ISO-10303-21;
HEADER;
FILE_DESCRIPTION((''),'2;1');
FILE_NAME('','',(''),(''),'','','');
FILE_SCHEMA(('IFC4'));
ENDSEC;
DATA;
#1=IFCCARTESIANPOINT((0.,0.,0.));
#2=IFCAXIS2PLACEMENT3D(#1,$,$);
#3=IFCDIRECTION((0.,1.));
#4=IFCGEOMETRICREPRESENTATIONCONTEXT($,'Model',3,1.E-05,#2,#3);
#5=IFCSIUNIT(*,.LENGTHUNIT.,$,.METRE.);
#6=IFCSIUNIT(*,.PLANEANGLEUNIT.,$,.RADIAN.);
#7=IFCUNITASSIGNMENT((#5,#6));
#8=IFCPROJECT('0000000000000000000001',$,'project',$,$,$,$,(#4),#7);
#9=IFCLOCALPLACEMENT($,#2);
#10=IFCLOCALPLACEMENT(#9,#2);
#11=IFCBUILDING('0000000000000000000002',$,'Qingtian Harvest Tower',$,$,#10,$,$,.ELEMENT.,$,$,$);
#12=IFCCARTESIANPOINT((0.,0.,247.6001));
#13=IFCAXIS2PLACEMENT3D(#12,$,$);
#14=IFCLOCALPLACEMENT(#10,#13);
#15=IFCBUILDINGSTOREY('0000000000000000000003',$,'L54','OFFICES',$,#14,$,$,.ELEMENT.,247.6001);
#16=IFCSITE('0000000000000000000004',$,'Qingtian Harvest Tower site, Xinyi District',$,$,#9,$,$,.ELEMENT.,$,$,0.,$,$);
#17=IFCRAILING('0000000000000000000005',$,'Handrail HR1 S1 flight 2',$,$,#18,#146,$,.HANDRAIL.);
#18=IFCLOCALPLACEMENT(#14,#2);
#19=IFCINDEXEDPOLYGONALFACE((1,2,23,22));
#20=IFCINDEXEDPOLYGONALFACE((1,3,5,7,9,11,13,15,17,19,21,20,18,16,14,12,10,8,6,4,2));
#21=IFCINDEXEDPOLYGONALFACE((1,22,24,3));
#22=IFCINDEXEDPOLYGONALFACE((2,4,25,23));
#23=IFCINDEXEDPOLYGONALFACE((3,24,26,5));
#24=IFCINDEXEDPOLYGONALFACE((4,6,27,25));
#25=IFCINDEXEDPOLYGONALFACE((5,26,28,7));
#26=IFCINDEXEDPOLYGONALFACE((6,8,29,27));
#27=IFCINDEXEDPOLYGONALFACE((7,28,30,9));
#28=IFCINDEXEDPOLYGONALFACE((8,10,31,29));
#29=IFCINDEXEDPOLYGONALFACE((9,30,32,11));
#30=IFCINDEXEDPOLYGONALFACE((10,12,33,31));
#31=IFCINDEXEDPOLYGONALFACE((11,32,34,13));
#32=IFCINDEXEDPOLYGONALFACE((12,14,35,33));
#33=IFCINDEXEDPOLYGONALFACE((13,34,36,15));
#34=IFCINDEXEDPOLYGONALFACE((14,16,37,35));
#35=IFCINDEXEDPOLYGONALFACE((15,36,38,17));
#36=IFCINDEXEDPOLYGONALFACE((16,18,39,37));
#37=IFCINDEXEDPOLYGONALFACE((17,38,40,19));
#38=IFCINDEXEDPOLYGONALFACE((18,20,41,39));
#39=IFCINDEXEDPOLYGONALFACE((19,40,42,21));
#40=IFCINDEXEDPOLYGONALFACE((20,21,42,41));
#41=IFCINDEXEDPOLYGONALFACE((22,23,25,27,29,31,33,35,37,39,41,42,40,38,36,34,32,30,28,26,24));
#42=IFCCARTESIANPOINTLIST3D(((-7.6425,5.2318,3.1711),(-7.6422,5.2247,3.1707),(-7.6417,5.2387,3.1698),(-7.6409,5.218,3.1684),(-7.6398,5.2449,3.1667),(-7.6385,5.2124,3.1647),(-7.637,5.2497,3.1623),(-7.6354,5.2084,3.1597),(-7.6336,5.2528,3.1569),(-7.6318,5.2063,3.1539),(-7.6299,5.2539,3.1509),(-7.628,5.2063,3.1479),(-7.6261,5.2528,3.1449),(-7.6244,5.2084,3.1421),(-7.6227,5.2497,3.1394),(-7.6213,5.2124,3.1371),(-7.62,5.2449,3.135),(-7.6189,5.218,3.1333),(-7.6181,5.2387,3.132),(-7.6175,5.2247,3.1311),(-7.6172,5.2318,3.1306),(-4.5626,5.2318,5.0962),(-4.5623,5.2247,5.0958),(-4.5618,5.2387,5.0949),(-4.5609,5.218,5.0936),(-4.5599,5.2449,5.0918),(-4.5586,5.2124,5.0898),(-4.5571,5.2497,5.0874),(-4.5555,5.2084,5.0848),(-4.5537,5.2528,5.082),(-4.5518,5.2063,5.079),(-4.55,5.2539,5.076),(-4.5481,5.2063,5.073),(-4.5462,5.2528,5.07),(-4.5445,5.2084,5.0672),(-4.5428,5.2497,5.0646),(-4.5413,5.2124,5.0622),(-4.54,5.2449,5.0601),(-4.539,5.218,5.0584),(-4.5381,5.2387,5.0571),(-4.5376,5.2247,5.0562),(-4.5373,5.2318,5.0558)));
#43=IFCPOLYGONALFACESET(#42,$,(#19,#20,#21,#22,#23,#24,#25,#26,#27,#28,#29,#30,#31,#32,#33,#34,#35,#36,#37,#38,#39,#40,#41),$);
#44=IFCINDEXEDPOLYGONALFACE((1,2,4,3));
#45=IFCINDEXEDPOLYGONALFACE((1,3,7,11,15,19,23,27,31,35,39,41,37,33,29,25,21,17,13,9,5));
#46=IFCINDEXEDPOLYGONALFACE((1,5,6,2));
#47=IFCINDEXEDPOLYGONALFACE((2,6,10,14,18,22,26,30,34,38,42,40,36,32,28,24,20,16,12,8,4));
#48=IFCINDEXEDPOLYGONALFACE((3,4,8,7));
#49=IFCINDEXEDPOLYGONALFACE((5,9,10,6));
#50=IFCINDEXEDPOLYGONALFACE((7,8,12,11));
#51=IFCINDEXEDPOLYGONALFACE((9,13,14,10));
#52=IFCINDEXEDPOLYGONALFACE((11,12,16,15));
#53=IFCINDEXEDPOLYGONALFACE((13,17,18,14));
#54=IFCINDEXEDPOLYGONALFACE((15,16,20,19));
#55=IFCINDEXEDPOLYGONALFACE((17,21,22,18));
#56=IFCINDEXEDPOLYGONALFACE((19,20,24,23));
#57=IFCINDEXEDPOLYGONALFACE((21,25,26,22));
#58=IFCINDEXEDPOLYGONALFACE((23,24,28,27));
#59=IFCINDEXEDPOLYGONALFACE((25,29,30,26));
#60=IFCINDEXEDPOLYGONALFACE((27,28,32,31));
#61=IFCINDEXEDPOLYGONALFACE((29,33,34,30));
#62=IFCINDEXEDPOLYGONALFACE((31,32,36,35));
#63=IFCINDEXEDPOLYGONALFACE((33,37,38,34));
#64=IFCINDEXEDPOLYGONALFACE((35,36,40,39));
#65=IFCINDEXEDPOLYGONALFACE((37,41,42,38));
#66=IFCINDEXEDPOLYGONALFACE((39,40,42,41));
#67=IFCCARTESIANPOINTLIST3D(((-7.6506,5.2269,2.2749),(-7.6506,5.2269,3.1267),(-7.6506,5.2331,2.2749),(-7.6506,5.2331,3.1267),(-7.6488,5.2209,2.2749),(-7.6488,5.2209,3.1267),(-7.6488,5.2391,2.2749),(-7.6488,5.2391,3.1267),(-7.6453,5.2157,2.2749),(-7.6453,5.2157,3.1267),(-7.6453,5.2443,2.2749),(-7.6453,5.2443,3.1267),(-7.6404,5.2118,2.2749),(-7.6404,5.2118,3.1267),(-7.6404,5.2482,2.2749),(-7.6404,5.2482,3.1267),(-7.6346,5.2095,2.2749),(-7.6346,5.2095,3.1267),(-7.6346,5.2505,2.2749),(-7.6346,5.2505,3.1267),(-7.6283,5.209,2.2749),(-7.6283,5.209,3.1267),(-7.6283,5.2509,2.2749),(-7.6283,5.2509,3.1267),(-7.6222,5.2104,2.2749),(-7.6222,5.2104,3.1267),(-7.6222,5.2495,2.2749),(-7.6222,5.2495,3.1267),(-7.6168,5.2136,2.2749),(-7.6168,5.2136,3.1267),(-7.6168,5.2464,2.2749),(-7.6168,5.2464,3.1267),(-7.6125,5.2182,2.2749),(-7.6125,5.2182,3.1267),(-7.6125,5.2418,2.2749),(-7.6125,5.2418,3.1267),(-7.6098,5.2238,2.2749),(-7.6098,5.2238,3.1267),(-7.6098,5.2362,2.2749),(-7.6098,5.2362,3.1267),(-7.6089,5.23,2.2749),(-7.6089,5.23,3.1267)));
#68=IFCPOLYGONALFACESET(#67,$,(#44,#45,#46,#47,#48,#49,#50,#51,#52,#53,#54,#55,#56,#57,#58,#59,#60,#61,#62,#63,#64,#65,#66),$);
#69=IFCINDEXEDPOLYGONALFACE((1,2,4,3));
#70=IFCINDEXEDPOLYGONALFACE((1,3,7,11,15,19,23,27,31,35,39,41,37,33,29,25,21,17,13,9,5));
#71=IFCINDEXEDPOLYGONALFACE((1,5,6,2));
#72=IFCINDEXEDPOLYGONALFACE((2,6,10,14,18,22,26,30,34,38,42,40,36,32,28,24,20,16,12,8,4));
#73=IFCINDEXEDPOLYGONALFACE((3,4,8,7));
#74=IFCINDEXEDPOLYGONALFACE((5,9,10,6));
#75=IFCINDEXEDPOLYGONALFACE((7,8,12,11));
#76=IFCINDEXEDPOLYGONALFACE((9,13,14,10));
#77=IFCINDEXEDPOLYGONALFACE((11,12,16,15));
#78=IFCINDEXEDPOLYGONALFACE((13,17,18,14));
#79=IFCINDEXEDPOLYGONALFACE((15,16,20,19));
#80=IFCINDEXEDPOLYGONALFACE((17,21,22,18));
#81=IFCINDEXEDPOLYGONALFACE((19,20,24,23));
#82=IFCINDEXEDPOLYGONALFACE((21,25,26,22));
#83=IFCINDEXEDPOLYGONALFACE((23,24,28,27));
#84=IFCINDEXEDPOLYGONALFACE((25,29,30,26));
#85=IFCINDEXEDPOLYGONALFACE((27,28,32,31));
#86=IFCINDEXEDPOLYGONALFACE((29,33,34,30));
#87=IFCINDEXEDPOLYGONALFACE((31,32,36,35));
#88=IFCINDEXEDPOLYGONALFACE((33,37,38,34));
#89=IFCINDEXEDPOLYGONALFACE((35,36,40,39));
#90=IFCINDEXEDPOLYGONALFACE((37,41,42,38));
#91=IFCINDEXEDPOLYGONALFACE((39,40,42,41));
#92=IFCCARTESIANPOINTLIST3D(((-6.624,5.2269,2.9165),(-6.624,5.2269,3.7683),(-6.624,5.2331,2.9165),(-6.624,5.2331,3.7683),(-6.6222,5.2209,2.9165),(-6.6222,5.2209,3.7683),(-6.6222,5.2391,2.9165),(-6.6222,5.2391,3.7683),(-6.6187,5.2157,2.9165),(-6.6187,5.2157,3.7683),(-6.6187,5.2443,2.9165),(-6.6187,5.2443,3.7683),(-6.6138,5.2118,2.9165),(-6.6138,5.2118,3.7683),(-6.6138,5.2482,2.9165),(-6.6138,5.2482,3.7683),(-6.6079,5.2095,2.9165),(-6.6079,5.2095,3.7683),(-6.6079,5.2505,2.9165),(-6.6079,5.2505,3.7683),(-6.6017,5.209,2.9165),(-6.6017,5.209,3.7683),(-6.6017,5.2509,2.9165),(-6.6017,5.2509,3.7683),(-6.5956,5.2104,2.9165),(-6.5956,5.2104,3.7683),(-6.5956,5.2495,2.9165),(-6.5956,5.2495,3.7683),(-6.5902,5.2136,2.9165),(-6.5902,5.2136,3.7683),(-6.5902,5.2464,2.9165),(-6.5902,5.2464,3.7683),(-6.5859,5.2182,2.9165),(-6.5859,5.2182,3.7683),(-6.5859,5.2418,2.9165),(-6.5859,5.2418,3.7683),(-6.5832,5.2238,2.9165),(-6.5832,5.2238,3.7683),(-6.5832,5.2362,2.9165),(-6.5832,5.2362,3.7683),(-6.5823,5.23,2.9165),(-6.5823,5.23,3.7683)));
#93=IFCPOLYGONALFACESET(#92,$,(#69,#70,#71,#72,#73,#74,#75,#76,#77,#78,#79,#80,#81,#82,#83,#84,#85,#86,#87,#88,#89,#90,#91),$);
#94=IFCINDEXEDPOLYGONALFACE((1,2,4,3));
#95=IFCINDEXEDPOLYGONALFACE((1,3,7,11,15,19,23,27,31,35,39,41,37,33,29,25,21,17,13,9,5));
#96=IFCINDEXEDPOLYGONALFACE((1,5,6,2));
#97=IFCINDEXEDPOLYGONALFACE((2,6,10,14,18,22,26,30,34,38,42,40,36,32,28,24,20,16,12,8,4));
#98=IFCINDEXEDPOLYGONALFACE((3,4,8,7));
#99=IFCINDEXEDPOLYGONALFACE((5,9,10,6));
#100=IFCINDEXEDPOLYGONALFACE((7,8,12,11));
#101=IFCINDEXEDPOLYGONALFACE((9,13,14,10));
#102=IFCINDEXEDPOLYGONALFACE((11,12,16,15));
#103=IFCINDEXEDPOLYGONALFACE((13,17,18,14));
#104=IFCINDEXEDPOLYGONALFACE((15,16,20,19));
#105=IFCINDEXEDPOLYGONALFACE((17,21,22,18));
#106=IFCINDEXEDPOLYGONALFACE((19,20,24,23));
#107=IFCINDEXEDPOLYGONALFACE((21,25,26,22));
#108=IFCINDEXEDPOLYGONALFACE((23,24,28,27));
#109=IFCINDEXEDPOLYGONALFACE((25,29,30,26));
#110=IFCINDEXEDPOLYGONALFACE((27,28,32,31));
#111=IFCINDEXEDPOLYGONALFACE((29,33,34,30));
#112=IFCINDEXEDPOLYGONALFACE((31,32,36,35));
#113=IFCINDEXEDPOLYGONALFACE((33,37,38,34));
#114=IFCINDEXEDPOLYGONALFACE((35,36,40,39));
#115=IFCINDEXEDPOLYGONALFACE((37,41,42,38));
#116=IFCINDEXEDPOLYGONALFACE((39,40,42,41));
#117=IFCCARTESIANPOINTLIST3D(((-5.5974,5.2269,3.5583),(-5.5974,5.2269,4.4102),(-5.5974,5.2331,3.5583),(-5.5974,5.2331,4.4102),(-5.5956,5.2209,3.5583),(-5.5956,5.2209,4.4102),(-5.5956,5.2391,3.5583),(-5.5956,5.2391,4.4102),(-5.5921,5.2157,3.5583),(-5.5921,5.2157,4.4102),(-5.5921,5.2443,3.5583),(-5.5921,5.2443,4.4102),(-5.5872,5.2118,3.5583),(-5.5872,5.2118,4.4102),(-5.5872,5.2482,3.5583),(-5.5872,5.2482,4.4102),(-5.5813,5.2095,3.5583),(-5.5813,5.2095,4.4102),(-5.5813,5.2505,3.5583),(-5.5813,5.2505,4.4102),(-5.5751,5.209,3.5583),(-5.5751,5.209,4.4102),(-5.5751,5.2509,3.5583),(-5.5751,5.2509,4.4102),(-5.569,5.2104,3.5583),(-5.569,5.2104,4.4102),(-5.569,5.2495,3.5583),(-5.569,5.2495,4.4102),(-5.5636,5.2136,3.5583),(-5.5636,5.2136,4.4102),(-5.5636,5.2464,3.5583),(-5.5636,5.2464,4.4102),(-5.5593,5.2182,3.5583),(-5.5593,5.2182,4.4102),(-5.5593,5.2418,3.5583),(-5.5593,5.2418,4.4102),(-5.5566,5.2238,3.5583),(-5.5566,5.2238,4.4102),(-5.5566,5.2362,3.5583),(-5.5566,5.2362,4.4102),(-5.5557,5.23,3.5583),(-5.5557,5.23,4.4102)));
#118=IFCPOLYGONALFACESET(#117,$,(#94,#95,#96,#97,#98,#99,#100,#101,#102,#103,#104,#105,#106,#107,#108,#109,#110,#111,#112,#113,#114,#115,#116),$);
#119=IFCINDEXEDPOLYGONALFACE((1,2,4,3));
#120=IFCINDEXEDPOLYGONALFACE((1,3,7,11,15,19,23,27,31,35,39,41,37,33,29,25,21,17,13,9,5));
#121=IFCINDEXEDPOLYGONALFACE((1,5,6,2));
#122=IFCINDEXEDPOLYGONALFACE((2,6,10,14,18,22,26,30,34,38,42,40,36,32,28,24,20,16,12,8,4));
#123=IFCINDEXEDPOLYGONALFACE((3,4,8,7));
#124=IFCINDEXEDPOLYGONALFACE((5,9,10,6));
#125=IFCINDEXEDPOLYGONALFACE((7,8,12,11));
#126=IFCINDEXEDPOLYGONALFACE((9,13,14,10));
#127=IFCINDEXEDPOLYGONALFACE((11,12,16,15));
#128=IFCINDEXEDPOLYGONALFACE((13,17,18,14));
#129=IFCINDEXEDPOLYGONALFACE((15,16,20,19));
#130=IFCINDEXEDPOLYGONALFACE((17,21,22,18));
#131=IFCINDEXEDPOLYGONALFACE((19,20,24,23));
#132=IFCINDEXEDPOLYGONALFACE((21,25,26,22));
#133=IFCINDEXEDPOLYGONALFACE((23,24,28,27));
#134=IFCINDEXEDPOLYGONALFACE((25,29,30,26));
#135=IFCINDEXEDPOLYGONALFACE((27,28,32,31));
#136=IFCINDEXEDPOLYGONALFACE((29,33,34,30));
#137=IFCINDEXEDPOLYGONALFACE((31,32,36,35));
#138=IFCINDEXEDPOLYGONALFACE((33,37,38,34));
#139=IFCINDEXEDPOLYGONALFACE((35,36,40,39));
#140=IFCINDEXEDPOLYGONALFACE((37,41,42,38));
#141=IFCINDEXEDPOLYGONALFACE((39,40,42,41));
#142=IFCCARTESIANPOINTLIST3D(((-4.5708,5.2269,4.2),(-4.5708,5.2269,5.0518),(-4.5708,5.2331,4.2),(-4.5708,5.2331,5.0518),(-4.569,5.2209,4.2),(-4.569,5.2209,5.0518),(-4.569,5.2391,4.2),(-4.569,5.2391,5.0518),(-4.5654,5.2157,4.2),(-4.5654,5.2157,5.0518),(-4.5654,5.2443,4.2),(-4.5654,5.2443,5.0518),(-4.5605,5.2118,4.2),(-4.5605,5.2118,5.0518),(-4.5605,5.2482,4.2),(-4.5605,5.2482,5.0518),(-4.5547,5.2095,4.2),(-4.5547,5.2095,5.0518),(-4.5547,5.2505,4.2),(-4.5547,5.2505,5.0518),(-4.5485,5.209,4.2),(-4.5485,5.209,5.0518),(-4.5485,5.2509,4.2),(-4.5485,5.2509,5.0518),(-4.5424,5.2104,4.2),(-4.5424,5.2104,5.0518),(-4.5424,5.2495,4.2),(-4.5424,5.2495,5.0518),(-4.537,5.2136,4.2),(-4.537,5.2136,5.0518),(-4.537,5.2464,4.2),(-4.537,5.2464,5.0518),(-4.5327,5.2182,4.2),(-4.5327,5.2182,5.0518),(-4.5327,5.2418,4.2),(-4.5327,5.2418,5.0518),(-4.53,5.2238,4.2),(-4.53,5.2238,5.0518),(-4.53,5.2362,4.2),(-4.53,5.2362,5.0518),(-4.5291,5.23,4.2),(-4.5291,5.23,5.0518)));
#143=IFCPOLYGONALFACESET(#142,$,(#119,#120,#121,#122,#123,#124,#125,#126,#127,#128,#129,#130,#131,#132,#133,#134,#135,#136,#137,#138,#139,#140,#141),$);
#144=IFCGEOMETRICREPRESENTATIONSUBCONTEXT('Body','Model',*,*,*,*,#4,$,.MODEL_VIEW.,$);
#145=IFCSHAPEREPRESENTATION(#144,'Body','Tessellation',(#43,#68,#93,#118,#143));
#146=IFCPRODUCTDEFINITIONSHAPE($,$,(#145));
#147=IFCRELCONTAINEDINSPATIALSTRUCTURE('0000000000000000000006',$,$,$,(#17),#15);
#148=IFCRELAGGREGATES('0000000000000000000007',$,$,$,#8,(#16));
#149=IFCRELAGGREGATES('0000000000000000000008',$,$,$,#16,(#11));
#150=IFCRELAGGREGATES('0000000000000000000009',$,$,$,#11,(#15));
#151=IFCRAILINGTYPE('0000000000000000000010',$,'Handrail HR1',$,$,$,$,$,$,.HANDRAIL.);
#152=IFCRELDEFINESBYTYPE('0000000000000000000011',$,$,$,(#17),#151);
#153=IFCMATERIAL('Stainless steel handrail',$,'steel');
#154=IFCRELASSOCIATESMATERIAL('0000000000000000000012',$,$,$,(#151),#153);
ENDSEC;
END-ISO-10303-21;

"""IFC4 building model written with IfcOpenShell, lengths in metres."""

from ifc_helpers import new_model, si_unit, direction, frame, origin, origin_2d, place, context, subcontext, project, spatial, circle, extrude, material, type_object, element, save


model = new_model("IFC4")

# Units and contexts
model_context = context("Model", 3, precision=1e-05, world=origin(), true_north=direction((0.0, 1.0)))
body_context = subcontext(model_context, "Body", "Model", "MODEL_VIEW")
ifc_project = project(units=[si_unit("LENGTHUNIT", "METRE"), si_unit("PLANEANGLEUNIT", "RADIAN")], contexts=[model_context])

# Site, building, storey
site_placement = place(None, origin())
site = spatial("IfcSite", under=ifc_project, at=site_placement, Name="Qingtian Harvest Tower site, Xinyi District", CompositionType="ELEMENT", RefElevation=0.0)
building_placement = place(site_placement, origin())
building = spatial("IfcBuilding", under=site, at=building_placement, Name="Qingtian Harvest Tower", CompositionType="ELEMENT")
storey_placement = place(building_placement, frame((0.0, 0.0, 247.6001)))
storey = spatial("IfcBuildingStorey", under=building, at=storey_placement, Name="L54", Description="OFFICES", CompositionType="ELEMENT", Elevation=247.6001)

# Railing
ifc_material_1 = material(Name="Stainless steel handrail", Category="steel")
railing_type = type_object("IfcRailingType", Name="Handrail HR1", PredefinedType="HANDRAIL", material=ifc_material_1)
railing_1_placement = place(storey_placement, frame((-7.6299, 5.23, 2.2749)))
element("IfcRailing", 1, at=railing_1_placement, inside=storey, type_object=railing_type, Name="Handrail HR1 S1 flight 2", PredefinedType="HANDRAIL", context=body_context, shape_type="SweptSolid", body=[
    extrude(circle(Radius=0.0239, at=origin_2d()), frame((0.0, 0.0, 0.876), z_axis=(0.847979, 0.0, 0.530029), x_axis=(0.0, 1.0, 0.0)), (0.0, 0.0, 1.0), 3.6321),
    extrude(circle(Radius=0.021, at=origin_2d()), origin(), (0.0, 0.0, 1.0), 0.8518),
    extrude(circle(Radius=0.021, at=origin_2d()), frame((1.0266, 0.0, 0.6416)), (0.0, 0.0, 1.0), 0.8518),
    extrude(circle(Radius=0.021, at=origin_2d()), frame((2.0532, 0.0, 1.2834)), (0.0, 0.0, 1.0), 0.8518),
    extrude(circle(Radius=0.021, at=origin_2d()), frame((3.0798, 0.0, 1.925)), (0.0, 0.0, 1.0), 0.8518),
])

save(model, "model.ifc")
